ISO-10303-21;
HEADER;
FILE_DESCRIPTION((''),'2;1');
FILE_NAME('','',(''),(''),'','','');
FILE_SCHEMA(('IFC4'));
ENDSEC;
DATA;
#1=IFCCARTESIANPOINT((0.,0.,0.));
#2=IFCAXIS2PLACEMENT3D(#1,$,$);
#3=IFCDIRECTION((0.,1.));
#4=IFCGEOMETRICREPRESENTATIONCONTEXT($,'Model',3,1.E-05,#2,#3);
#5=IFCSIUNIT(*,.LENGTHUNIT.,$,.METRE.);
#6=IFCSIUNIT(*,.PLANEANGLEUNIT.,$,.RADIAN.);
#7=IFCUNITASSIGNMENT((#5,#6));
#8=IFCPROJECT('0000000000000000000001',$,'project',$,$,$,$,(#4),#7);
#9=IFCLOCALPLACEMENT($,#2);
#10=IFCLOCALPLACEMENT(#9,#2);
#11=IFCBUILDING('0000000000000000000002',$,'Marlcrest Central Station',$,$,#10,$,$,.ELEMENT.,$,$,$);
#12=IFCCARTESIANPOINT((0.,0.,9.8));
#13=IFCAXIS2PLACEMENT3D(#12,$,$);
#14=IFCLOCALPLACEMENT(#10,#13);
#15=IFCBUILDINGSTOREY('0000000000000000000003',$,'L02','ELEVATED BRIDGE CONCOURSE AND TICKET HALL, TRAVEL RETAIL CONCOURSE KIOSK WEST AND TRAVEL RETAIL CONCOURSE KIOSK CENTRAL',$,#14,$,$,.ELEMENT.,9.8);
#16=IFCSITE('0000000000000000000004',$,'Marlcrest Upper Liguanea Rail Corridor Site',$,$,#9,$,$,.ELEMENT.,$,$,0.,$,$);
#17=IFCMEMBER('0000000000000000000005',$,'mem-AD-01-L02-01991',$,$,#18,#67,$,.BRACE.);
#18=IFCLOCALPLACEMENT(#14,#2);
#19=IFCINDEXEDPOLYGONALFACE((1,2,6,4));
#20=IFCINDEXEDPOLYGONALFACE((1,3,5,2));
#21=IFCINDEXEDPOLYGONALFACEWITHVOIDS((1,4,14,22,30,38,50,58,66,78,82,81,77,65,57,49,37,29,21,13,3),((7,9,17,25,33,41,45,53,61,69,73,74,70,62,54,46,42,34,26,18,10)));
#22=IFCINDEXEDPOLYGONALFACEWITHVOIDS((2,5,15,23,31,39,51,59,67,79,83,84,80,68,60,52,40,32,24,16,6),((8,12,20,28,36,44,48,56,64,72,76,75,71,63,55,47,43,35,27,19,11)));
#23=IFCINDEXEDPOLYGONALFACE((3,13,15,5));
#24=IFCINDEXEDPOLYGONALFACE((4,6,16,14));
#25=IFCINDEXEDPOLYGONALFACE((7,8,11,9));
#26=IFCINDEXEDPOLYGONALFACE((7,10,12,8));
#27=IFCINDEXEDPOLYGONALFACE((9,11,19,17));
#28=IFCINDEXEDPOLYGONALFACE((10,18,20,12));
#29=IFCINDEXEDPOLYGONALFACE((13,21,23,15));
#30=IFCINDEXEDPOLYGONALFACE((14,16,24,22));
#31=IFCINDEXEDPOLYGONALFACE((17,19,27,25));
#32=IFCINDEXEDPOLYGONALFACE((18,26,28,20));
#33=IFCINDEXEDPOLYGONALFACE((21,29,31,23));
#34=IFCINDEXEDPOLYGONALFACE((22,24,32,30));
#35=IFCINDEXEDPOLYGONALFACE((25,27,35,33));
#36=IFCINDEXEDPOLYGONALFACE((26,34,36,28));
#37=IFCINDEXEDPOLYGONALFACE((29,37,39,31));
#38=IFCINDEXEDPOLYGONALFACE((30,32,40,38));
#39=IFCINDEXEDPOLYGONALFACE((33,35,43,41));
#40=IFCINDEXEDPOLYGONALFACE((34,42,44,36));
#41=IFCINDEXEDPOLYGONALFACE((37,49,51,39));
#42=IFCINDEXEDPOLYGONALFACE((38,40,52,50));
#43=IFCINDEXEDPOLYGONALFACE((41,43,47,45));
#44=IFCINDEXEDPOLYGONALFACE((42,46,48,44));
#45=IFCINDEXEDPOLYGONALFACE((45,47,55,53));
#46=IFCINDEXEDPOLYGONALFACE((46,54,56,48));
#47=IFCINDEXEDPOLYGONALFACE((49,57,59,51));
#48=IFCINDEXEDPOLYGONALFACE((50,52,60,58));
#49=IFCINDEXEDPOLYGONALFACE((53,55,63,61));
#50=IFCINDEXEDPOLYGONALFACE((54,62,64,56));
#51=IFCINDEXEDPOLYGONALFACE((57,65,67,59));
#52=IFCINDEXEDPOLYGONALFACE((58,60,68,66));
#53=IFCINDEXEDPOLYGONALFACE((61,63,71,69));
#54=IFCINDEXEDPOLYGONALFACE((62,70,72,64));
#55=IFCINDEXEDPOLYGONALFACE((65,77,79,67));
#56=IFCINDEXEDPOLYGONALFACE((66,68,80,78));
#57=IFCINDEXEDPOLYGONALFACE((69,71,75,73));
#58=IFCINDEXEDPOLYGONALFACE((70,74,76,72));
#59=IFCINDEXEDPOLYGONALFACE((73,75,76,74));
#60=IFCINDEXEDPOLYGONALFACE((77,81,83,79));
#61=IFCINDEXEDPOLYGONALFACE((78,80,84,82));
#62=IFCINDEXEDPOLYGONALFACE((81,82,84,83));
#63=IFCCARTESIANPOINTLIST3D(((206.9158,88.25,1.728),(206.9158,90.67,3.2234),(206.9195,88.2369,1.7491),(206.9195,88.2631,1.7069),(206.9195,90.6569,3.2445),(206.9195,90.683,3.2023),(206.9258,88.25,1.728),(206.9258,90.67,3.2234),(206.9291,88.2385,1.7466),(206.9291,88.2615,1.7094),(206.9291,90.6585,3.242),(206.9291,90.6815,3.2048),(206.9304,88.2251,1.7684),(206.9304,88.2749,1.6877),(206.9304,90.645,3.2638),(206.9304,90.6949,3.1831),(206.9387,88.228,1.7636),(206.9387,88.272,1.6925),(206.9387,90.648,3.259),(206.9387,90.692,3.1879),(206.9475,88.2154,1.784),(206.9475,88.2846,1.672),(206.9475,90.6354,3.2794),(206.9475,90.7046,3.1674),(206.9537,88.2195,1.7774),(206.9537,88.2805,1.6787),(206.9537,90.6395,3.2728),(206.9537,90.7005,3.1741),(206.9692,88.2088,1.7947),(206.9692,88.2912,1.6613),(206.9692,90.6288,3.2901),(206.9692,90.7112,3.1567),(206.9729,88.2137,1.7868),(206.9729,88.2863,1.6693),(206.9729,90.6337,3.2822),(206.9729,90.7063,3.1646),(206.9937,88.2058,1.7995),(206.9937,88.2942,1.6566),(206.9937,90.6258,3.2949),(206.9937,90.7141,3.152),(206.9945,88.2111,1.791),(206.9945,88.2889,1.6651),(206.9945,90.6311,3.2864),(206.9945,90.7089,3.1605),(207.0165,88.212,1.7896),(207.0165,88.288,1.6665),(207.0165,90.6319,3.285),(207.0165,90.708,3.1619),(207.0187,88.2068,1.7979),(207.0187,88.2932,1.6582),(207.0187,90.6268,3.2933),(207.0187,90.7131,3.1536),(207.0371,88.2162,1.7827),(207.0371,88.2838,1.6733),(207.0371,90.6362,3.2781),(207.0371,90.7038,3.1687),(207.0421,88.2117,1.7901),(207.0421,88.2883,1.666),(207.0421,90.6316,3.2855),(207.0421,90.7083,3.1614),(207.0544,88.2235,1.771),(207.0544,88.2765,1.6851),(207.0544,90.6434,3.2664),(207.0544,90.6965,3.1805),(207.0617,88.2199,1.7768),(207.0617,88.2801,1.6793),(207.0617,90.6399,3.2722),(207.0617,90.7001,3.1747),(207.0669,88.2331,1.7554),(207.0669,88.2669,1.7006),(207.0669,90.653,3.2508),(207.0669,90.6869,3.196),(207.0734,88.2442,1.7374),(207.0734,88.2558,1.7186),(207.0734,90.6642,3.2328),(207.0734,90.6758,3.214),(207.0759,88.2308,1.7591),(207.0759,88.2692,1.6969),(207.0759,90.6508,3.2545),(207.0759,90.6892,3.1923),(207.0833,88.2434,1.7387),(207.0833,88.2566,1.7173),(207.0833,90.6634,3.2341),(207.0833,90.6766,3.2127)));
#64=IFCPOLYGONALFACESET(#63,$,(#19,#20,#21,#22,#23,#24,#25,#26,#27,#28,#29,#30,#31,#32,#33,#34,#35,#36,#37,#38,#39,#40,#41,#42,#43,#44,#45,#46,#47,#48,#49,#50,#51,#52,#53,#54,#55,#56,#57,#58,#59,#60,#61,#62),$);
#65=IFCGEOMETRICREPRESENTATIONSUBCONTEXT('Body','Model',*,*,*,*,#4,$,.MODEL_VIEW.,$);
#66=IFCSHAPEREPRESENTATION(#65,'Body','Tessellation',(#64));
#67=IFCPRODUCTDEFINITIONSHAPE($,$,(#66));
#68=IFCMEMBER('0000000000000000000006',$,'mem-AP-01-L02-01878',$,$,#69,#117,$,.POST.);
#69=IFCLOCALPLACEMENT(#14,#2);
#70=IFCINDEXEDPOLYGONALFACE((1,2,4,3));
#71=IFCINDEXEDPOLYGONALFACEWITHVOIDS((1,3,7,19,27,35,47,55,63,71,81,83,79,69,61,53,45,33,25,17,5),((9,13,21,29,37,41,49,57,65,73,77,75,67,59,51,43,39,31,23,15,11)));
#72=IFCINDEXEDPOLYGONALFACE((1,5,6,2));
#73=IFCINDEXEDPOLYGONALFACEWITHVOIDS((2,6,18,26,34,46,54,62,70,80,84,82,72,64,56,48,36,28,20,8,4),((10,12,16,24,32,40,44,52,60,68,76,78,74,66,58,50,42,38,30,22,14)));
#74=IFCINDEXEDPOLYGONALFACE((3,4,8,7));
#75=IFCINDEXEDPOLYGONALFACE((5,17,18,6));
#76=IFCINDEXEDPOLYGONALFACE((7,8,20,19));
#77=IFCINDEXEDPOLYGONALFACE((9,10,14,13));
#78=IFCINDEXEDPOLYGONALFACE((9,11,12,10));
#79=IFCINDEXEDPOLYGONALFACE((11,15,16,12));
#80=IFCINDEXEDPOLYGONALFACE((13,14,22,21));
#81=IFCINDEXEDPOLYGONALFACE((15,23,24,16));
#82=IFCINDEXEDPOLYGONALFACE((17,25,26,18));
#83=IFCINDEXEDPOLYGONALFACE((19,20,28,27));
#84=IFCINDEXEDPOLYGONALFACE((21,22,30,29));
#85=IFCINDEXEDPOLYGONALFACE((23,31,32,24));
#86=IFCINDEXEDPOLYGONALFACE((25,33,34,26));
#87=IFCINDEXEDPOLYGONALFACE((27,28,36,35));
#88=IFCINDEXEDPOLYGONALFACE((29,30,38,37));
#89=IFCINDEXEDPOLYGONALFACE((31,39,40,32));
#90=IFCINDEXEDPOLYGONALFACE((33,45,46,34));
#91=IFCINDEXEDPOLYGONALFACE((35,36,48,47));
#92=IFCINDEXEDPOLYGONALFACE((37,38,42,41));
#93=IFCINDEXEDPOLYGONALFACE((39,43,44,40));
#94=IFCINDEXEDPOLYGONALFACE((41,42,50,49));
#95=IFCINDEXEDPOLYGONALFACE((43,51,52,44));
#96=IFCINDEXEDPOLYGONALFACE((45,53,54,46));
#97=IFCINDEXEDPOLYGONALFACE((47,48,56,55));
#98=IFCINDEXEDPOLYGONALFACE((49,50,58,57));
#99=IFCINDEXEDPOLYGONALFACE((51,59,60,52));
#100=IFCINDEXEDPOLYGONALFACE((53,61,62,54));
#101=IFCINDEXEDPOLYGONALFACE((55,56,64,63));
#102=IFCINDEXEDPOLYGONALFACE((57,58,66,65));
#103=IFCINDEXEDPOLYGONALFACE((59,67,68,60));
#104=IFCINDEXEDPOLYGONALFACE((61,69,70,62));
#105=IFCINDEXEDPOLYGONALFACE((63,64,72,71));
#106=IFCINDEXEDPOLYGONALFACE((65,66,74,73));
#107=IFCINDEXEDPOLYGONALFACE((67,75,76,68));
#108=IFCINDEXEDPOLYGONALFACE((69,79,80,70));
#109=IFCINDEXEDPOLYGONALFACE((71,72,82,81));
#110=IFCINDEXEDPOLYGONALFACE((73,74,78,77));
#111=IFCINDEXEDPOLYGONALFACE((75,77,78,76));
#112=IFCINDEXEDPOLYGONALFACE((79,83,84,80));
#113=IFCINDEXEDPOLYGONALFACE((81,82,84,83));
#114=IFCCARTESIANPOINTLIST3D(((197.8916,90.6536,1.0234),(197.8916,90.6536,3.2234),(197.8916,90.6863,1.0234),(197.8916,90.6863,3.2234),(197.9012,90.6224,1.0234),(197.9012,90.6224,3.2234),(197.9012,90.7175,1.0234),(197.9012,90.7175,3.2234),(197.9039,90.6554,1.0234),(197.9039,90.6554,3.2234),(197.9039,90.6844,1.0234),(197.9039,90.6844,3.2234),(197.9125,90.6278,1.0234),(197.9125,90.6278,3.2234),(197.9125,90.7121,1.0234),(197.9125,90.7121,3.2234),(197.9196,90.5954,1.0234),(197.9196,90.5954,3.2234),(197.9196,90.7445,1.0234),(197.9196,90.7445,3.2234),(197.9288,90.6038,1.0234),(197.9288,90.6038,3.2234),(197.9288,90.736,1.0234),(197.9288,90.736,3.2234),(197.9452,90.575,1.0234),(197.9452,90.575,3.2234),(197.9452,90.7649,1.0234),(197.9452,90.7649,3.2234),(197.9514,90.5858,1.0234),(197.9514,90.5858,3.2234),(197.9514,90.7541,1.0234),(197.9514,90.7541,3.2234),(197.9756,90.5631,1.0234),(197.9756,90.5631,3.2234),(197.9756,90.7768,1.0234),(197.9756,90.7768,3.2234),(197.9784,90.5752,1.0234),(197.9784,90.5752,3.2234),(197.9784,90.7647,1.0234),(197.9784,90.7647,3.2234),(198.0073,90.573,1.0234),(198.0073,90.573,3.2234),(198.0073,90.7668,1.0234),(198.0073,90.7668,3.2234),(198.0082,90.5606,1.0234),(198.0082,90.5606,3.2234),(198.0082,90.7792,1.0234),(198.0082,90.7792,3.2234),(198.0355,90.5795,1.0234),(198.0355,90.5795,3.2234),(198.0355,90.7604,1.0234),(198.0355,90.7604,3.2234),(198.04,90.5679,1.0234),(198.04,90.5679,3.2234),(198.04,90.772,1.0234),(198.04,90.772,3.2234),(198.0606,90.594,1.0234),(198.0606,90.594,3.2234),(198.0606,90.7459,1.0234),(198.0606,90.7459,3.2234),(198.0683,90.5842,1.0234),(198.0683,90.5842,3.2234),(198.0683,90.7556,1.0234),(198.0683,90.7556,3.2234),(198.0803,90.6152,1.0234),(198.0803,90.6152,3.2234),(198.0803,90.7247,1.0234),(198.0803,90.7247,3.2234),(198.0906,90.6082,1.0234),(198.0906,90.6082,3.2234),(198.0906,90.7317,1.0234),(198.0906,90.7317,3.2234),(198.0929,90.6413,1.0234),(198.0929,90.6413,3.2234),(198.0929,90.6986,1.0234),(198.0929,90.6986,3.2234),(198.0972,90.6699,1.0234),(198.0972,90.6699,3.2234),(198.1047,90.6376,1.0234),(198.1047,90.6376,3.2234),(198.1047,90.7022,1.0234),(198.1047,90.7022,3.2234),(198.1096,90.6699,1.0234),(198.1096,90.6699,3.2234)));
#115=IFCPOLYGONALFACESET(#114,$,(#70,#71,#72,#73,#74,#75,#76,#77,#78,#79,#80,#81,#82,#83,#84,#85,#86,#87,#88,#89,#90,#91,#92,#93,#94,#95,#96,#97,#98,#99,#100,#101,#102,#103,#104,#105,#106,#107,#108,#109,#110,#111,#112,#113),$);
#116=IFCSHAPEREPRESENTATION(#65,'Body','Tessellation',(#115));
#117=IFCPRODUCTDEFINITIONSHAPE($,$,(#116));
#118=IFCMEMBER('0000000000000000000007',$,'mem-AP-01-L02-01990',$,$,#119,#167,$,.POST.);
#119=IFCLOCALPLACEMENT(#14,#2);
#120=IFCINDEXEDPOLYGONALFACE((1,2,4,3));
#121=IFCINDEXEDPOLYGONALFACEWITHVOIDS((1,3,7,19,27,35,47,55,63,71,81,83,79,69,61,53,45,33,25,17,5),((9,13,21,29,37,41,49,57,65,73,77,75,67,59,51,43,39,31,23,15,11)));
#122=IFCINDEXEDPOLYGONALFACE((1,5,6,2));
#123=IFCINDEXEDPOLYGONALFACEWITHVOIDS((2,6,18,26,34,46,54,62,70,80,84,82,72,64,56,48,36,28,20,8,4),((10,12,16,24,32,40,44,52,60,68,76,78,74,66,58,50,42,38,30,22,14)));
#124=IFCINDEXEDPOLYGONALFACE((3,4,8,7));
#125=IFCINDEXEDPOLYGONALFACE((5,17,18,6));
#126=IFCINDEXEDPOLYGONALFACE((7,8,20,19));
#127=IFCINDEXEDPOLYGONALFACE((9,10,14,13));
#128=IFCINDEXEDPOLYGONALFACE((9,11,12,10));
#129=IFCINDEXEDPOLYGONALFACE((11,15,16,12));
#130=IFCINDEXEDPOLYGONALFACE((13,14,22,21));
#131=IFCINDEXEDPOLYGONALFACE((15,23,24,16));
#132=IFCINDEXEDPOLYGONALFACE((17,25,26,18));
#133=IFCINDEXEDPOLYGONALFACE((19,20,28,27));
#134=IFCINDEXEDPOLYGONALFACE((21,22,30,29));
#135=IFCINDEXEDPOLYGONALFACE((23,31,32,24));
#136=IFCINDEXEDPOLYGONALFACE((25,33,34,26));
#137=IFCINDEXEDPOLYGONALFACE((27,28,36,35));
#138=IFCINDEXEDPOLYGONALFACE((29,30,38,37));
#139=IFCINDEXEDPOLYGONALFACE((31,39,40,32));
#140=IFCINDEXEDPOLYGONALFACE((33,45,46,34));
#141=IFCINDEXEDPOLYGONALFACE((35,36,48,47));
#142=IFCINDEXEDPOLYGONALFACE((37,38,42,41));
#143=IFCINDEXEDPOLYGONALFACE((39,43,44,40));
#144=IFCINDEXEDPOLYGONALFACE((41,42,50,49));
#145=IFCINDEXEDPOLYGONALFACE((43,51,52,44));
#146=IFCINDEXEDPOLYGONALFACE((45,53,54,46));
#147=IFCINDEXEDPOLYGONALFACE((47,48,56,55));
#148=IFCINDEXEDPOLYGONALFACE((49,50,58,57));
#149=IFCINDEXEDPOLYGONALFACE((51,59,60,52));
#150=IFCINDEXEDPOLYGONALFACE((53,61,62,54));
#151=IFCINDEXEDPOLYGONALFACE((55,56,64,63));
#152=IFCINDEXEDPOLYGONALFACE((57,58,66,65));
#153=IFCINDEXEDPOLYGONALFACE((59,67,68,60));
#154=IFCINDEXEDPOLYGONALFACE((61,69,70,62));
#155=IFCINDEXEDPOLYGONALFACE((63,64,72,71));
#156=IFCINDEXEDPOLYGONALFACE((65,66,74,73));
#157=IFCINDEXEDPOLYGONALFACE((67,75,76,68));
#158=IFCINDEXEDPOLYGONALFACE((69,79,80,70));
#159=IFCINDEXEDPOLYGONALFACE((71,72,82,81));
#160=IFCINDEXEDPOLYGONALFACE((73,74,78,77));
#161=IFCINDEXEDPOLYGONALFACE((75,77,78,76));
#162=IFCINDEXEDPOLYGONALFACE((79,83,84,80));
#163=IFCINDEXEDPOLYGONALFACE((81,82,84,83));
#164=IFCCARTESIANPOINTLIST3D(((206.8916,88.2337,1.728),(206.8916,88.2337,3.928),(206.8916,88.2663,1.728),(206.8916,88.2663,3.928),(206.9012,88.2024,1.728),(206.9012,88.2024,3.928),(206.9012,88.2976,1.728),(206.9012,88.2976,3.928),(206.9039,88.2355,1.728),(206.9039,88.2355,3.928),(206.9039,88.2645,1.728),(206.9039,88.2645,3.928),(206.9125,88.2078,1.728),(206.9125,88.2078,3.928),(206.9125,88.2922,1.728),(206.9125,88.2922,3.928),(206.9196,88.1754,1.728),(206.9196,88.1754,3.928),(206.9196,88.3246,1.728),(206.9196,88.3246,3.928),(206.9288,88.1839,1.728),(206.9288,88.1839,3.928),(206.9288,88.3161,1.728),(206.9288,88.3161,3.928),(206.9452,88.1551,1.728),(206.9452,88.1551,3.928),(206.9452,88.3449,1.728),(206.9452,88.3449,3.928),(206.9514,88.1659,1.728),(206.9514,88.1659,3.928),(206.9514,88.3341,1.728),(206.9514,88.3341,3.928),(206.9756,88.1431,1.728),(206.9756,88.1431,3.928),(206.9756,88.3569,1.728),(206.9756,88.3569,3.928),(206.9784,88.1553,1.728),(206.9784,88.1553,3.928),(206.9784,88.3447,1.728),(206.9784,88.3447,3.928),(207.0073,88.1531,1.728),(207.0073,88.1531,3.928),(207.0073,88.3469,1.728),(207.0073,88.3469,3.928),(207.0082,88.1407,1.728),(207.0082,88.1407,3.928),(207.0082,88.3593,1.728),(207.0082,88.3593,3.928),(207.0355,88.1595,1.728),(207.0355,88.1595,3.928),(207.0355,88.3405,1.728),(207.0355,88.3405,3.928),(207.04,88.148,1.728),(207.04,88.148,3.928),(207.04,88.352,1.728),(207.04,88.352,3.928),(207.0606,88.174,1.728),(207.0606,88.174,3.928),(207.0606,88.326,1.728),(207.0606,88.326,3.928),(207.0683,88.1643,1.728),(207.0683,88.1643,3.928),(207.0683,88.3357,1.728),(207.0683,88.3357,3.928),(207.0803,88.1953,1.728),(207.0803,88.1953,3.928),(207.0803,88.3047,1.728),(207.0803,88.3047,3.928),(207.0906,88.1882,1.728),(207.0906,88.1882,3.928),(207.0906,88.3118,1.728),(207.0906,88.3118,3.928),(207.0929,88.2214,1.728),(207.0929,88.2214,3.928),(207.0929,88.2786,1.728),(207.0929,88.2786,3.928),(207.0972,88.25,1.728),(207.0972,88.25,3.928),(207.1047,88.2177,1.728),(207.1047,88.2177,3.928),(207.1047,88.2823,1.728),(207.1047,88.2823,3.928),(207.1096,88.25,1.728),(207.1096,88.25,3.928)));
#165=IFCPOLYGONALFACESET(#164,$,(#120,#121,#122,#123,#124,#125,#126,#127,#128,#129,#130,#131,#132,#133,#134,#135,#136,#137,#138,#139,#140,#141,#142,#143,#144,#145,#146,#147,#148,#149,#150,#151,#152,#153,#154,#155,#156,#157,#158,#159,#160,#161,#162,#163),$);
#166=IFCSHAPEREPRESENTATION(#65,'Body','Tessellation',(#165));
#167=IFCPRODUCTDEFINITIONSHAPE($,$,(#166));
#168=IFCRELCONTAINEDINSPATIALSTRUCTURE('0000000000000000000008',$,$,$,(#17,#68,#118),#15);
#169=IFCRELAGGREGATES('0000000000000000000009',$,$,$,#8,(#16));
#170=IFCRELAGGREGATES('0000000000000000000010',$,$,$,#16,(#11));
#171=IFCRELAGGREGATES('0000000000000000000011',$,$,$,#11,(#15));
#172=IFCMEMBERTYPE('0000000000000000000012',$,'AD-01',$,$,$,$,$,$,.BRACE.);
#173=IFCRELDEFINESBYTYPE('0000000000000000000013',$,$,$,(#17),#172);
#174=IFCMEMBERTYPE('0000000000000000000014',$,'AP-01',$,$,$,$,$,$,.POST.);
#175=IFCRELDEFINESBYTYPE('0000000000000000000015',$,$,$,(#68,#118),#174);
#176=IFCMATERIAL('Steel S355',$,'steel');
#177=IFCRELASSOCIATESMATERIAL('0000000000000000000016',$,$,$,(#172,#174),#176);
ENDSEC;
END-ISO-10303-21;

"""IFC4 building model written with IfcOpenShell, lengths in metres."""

from ifc_helpers import new_model, si_unit, direction, frame, origin, origin_2d, place, context, subcontext, project, spatial, hollow_circle, extrude, material, material_profile, profile_set, type_object, element, save


model = new_model("IFC4")

# Units and contexts
model_context = context("Model", 3, precision=1e-05, world=origin(), true_north=direction((0.0, 1.0)))
body_context = subcontext(model_context, "Body", "Model", "MODEL_VIEW")
ifc_project = project(units=[si_unit("LENGTHUNIT", "METRE"), si_unit("PLANEANGLEUNIT", "RADIAN")], contexts=[model_context])

# Site, building, storey
site_placement = place(None, origin())
site = spatial("IfcSite", under=ifc_project, at=site_placement, Name="Marlcrest Upper Liguanea Rail Corridor Site", CompositionType="ELEMENT", RefElevation=0.0)
building_placement = place(site_placement, origin())
building = spatial("IfcBuilding", under=site, at=building_placement, Name="Marlcrest Central Station", CompositionType="ELEMENT")
storey_placement = place(building_placement, frame((0.0, 0.0, 9.8)))
storey = spatial("IfcBuildingStorey", under=building, at=storey_placement, Name="L02", Description="ELEVATED BRIDGE CONCOURSE AND TICKET HALL, TRAVEL RETAIL CONCOURSE KIOSK WEST AND TRAVEL RETAIL CONCOURSE KIOSK CENTRAL", CompositionType="ELEMENT", Elevation=9.8)

# Members
ifc_material_1 = material(Name="Steel S355", Category="steel")
ifc_material_profile_1 = material_profile(ifc_material_1, hollow_circle(Radius=0.0842, WallThickness=0.01, at=origin_2d()), Name="CHS 168.3x10")
ifc_profile_set_1 = profile_set([ifc_material_profile_1], Name="Steel S355")
member_type_1 = type_object("IfcMemberType", Name="AD-01", PredefinedType="BRACE", material=ifc_profile_set_1)
member_1_placement = place(storey_placement, frame((207.0, 88.25, 1.728), z_axis=(0.0, 0.850687, 0.525672), x_axis=(-1.0, 0.0, 0.0)))
element("IfcMember", 1, at=member_1_placement, inside=storey, type_object=member_type_1, Name="mem-AD-01-L02-01991", PredefinedType="BRACE", context=body_context, shape_type="SweptSolid", body=[
    extrude(hollow_circle(Radius=0.0842, WallThickness=0.01, at=origin_2d()), origin(), (0.0, 0.0, 1.0), 2.8447),
])
ifc_material_profile_2 = material_profile(ifc_material_1, hollow_circle(Radius=0.1096, WallThickness=0.0125, at=origin_2d()), Name="CHS 219.1x12.5")
ifc_profile_set_2 = profile_set([ifc_material_profile_2], Name="Steel S355")
member_type_2 = type_object("IfcMemberType", Name="AP-01", PredefinedType="POST", material=ifc_profile_set_2)
for number, where, z_axis, x_axis, name in (
    (2, (198.0, 90.6699, 1.0234), (0.0, 0.0, 1.0), (1.0, 0.0, 0.0), "mem-AP-01-L02-01878"),
    (3, (207.0, 88.25, 1.728), (0.0, 0.0, 1.0), (1.0, 0.0, 0.0), "mem-AP-01-L02-01990"),
):
    element("IfcMember", number, at=place(storey_placement, frame(where, z_axis=z_axis, x_axis=x_axis)), inside=storey, type_object=member_type_2, Name=name, PredefinedType="POST", context=body_context, shape_type="SweptSolid", body=[
        extrude(hollow_circle(Radius=0.1096, WallThickness=0.0125, at=origin_2d()), origin(), (0.0, 0.0, 1.0), 2.2),
    ])

save(model, "model.ifc")
